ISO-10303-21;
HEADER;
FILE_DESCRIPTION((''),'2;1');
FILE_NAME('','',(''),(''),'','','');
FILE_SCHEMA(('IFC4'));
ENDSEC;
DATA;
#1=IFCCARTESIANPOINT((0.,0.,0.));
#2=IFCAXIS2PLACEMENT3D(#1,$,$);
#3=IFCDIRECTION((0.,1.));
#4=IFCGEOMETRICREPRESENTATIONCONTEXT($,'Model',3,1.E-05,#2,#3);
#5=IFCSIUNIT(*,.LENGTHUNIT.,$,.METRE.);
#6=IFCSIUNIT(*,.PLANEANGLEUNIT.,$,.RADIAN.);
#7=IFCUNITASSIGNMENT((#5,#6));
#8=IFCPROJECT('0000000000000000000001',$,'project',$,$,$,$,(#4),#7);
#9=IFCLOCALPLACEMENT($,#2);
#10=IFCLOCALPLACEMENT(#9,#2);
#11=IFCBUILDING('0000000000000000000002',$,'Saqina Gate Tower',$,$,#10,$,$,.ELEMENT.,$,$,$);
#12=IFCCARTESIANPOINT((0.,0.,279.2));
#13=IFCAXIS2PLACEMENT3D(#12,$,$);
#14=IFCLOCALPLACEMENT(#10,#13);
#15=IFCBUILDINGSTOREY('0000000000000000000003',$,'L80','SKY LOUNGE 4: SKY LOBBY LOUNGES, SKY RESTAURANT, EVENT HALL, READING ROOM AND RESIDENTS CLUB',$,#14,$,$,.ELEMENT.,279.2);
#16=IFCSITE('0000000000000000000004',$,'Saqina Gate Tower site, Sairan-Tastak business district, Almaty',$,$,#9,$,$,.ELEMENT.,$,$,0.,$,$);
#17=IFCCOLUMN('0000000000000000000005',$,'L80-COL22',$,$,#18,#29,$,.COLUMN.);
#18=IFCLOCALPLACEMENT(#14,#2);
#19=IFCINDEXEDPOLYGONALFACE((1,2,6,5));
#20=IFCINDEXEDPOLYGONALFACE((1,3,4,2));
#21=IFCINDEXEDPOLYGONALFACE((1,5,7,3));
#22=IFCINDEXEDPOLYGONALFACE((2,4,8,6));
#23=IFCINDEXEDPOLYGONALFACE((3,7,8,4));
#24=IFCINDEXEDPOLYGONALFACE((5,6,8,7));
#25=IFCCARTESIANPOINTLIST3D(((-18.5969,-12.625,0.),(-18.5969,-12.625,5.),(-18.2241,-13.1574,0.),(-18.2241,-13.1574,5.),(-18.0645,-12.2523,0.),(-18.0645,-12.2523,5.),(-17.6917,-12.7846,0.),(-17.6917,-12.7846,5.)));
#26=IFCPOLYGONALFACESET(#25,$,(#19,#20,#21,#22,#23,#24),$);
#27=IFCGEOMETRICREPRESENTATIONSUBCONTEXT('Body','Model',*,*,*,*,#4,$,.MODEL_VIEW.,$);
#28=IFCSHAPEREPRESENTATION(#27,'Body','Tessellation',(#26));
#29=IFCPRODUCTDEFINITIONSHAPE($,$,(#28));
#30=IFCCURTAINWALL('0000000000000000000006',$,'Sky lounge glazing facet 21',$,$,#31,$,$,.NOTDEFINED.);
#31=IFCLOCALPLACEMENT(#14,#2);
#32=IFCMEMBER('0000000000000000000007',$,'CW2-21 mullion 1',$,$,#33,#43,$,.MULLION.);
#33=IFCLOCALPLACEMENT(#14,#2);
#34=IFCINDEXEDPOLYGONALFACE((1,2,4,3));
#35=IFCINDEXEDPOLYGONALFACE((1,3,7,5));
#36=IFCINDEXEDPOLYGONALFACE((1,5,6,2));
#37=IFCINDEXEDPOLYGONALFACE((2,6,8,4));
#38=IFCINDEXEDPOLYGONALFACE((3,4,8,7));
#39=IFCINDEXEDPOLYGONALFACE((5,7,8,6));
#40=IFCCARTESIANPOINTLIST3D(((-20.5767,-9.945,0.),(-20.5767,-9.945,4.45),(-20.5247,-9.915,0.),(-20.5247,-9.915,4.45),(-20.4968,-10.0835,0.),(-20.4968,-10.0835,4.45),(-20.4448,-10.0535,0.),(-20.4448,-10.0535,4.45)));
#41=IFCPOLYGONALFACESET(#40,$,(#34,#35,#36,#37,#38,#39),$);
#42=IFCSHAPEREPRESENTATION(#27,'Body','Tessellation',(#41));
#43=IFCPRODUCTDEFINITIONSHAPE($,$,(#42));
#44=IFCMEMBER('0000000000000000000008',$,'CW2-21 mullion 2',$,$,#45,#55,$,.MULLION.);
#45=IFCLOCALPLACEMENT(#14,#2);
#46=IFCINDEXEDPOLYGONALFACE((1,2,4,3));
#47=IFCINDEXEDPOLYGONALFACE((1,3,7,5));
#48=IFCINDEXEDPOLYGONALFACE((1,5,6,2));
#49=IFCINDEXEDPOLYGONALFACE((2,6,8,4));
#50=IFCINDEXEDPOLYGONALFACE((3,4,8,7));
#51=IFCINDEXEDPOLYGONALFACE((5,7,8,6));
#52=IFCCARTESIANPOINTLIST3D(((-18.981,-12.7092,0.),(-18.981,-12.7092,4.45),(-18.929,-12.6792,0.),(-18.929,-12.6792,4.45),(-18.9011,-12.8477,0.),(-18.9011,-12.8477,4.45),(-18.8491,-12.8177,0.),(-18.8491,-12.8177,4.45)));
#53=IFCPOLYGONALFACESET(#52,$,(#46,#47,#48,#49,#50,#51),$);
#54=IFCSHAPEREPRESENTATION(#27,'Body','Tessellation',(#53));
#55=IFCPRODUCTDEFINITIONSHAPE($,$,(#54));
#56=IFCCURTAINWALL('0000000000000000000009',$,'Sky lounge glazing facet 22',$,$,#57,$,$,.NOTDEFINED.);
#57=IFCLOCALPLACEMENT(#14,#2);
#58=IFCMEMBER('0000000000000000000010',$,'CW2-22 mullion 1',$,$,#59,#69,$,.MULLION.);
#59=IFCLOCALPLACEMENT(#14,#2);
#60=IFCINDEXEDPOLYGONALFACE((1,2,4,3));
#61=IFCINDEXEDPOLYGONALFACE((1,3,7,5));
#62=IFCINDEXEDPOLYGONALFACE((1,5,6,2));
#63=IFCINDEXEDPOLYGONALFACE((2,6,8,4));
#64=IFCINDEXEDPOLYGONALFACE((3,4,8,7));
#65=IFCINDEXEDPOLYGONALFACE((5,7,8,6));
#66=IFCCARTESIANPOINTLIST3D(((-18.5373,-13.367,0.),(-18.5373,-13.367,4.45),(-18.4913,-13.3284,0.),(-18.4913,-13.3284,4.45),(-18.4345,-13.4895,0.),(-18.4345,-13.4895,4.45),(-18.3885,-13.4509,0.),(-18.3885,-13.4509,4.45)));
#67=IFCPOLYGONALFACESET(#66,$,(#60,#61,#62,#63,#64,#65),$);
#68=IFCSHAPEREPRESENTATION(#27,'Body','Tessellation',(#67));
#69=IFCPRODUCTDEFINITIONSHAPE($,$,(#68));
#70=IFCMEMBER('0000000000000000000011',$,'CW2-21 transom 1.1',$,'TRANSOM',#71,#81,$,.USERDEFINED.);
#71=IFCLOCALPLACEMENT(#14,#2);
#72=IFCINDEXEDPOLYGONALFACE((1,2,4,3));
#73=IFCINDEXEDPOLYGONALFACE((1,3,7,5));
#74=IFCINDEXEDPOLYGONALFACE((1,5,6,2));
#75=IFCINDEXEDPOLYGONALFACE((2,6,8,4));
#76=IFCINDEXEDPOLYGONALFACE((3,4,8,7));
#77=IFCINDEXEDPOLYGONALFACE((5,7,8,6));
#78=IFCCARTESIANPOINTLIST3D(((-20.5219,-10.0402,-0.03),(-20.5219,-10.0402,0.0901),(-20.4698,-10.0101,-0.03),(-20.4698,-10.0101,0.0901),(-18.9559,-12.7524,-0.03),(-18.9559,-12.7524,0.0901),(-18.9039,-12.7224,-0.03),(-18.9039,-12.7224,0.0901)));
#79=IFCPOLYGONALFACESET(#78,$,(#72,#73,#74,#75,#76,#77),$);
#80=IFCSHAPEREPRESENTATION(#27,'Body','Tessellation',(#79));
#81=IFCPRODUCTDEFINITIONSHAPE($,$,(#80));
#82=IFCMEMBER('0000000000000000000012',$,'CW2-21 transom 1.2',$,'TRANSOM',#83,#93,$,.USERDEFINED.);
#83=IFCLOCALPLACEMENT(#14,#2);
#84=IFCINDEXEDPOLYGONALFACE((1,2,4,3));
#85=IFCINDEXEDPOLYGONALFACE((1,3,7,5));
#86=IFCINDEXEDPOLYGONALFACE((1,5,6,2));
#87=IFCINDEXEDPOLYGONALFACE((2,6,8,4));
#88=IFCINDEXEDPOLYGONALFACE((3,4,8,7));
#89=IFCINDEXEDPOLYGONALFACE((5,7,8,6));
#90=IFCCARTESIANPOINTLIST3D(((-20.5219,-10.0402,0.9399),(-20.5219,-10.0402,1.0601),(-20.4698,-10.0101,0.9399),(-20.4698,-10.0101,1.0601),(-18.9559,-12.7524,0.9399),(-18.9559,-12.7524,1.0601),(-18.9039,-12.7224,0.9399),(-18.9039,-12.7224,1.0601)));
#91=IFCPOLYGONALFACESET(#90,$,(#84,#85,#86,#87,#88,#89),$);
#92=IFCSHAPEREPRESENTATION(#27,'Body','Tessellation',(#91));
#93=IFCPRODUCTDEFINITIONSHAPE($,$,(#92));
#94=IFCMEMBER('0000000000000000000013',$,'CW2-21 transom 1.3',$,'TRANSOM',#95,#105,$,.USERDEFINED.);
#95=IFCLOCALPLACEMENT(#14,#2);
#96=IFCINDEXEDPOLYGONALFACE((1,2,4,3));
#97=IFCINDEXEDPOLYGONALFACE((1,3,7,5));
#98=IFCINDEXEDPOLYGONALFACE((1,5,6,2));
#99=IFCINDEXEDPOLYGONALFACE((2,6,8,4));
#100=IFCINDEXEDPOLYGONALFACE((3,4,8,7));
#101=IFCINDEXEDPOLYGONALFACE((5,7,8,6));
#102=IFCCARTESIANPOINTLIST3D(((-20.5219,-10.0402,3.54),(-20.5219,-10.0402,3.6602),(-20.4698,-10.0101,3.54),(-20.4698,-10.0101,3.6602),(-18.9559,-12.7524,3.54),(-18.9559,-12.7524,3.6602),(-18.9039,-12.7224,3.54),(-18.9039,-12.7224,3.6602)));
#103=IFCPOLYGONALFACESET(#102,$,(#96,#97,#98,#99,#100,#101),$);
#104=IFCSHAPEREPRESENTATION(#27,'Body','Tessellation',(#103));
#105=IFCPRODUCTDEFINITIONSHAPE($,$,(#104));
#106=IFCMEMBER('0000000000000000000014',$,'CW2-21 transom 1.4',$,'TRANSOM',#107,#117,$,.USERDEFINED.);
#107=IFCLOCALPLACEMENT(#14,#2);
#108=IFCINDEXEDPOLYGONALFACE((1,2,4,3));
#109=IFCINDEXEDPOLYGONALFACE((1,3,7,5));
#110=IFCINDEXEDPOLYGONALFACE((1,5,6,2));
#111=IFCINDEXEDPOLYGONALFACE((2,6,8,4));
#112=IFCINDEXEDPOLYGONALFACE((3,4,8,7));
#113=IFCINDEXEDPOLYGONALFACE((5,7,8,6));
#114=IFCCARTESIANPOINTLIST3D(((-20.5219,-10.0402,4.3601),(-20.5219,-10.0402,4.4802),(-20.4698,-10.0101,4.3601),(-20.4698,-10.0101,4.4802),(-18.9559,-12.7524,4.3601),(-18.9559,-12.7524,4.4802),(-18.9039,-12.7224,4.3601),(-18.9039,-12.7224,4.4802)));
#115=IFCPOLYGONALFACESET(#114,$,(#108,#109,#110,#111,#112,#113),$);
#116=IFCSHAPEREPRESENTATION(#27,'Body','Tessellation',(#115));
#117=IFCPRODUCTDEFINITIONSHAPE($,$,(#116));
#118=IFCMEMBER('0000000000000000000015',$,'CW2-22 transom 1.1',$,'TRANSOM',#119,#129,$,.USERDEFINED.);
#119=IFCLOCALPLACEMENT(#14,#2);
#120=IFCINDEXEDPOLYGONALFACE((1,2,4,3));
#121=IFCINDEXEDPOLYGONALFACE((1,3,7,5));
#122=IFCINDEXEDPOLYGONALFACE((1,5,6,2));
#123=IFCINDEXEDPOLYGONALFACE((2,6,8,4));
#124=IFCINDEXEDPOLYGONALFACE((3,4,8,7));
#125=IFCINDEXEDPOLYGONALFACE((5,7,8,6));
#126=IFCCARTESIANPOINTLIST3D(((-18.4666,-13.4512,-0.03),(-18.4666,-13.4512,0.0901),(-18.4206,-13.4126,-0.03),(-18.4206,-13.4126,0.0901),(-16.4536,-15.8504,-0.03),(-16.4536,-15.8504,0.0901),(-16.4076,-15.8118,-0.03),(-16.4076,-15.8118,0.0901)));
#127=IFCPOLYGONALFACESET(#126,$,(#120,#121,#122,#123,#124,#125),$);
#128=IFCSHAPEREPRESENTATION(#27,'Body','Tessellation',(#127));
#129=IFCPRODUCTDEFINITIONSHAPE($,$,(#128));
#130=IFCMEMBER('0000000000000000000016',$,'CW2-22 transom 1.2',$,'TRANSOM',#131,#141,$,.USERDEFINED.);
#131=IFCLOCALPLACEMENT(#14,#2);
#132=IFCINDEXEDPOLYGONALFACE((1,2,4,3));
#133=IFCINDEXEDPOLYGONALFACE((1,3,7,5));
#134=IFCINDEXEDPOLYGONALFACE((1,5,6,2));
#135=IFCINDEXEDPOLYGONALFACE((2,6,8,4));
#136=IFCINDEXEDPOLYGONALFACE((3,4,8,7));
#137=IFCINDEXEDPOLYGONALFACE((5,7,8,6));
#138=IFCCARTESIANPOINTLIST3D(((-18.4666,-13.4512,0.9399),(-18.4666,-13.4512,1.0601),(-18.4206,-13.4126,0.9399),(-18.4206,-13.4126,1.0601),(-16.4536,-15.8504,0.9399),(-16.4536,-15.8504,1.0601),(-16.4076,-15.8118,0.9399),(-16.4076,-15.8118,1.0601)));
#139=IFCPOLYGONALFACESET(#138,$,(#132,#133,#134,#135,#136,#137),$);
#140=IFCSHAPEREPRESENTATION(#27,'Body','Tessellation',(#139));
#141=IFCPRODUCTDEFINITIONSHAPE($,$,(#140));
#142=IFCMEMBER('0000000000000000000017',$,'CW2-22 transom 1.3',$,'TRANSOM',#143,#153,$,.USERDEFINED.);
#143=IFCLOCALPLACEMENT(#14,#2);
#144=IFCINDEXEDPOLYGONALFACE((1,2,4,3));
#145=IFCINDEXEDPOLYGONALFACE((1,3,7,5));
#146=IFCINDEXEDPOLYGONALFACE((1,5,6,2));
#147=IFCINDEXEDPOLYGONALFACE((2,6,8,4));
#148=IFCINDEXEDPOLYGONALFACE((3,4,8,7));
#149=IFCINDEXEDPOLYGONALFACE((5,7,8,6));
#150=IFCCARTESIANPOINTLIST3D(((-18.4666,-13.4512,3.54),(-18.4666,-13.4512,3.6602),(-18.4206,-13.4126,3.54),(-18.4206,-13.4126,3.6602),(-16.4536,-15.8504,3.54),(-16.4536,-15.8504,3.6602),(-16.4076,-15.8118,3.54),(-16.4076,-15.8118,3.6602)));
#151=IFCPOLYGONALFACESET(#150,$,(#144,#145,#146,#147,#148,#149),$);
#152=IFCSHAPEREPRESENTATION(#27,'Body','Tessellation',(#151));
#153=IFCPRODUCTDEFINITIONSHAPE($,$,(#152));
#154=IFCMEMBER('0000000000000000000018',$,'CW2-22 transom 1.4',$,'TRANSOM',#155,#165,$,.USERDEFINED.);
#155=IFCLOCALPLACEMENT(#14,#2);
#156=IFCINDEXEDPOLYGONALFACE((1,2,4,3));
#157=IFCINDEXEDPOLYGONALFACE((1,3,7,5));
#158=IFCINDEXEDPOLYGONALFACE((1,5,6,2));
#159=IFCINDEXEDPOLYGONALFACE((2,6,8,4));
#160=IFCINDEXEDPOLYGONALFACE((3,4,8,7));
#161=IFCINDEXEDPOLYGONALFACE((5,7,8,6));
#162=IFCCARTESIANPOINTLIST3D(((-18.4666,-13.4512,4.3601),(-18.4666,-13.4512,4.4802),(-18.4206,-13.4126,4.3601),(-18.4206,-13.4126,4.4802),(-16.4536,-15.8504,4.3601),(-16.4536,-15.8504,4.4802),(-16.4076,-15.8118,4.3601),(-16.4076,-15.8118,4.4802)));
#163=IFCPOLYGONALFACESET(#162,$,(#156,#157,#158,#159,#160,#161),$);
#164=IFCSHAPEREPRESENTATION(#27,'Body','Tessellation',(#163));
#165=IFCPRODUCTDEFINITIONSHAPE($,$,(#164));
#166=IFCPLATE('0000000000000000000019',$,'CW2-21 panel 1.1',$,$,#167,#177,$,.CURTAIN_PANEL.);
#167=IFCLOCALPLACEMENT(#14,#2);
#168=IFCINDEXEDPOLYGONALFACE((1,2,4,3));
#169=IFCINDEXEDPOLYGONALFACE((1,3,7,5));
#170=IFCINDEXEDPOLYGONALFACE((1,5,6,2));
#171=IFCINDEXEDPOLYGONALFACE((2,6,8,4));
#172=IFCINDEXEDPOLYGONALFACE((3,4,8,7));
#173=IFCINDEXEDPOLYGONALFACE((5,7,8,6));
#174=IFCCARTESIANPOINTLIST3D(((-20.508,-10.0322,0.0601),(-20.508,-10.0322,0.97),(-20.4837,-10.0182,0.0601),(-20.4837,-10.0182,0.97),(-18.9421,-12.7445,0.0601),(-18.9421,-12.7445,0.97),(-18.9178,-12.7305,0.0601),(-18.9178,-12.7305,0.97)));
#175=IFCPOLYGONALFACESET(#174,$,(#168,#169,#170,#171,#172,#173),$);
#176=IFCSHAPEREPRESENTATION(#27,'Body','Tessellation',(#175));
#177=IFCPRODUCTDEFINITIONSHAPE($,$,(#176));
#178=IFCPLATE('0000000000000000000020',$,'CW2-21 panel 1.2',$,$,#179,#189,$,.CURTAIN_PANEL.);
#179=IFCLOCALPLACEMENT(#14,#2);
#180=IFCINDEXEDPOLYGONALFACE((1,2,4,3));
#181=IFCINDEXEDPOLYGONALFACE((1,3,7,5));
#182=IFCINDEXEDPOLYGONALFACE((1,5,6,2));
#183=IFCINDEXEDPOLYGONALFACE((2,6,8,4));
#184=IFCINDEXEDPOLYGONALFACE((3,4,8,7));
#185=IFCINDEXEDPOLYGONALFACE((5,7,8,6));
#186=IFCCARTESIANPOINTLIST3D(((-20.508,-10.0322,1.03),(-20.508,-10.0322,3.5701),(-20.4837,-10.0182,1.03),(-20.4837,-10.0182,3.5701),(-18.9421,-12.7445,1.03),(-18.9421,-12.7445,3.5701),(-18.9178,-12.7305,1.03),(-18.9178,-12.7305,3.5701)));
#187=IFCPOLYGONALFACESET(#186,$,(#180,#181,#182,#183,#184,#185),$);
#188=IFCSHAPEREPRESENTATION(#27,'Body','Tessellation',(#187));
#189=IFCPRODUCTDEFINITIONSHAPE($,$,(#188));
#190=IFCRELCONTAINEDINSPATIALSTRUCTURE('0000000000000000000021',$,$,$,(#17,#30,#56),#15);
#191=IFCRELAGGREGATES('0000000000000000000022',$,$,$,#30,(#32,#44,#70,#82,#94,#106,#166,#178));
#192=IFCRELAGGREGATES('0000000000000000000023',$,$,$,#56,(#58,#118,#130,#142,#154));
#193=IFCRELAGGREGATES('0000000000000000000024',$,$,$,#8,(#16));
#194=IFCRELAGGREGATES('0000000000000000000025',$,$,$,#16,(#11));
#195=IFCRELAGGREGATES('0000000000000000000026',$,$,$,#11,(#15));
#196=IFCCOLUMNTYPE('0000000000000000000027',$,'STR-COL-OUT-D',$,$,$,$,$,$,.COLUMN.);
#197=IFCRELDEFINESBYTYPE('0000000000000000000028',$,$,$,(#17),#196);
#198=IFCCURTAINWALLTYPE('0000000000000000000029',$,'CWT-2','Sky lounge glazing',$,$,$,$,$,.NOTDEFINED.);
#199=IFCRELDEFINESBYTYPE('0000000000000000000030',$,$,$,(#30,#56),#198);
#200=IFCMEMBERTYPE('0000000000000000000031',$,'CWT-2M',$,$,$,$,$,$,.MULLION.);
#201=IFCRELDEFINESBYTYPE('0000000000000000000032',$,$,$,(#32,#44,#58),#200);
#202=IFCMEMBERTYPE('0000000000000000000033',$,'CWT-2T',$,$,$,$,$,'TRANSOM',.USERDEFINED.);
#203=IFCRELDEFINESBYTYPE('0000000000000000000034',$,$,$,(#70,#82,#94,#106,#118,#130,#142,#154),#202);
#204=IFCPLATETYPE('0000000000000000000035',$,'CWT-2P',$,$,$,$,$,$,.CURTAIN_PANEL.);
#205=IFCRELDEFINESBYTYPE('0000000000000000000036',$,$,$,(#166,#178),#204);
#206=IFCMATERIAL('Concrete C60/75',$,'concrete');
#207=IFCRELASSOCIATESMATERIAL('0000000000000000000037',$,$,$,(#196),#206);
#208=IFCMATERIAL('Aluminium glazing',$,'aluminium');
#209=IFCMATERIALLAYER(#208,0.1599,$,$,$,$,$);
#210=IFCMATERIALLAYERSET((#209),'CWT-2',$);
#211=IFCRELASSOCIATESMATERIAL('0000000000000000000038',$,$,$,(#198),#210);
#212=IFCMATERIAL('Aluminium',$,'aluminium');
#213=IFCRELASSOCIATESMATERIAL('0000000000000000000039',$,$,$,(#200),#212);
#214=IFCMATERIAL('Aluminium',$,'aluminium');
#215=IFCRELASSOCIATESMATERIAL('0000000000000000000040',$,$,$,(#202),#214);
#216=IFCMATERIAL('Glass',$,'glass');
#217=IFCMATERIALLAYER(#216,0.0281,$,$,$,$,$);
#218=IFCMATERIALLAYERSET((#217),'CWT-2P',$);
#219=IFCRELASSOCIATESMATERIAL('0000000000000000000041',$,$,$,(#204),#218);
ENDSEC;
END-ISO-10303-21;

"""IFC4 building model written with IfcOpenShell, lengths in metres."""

from ifc_helpers import new_model, si_unit, direction, frame, origin, origin_2d, place, context, subcontext, project, spatial, rectangle, extrude, material, layer, layer_set, material_profile, profile_set, type_object, element, aggregate, save


model = new_model("IFC4")

# Units and contexts
model_context = context("Model", 3, precision=1e-05, world=origin(), true_north=direction((0.0, 1.0)))
body_context = subcontext(model_context, "Body", "Model", "MODEL_VIEW")
ifc_project = project(units=[si_unit("LENGTHUNIT", "METRE"), si_unit("PLANEANGLEUNIT", "RADIAN")], contexts=[model_context])

# Site, building, storey
site_placement = place(None, origin())
site = spatial("IfcSite", under=ifc_project, at=site_placement, Name="Saqina Gate Tower site, Sairan-Tastak business district, Almaty", CompositionType="ELEMENT", RefElevation=0.0)
building_placement = place(site_placement, origin())
building = spatial("IfcBuilding", under=site, at=building_placement, Name="Saqina Gate Tower", CompositionType="ELEMENT")
storey_placement = place(building_placement, frame((0.0, 0.0, 279.2)))
storey = spatial("IfcBuildingStorey", under=building, at=storey_placement, Name="L80", Description="SKY LOUNGE 4: SKY LOBBY LOUNGES, SKY RESTAURANT, EVENT HALL, READING ROOM AND RESIDENTS CLUB", CompositionType="ELEMENT", Elevation=279.2)

# Column
ifc_material_1 = material(Name="Concrete C60/75", Category="concrete")
ifc_material_profile_1 = material_profile(ifc_material_1, rectangle(XDim=0.6499, YDim=0.6499, at=origin_2d()), Name="RC 650x650")
ifc_profile_set_1 = profile_set([ifc_material_profile_1], Name="Concrete C60/75")
column_type = type_object("IfcColumnType", Name="STR-COL-OUT-D", PredefinedType="COLUMN", material=ifc_profile_set_1)
column_placement = place(storey_placement, frame((-18.1443, -12.7048, 0.0), z_axis=(0.0, 0.0, 1.0), x_axis=(-0.819152, -0.573576, 0.0)))
element("IfcColumn", 1, at=column_placement, inside=storey, type_object=column_type, Name="L80-COL22", PredefinedType="COLUMN", context=body_context, shape_type="SweptSolid", body=[
    extrude(rectangle(XDim=0.6499, YDim=0.6499, at=origin_2d()), origin(), (0.0, 0.0, 1.0), 5.0),
])

# Curtain wall, members
ifc_material_2 = material(Name="Aluminium glazing", Category="aluminium")
ifc_layer_1 = layer(ifc_material_2, 0.1599)
ifc_layer_set_1 = layer_set([ifc_layer_1], Name="CWT-2")
curtain_wall_type = type_object("IfcCurtainWallType", Name="CWT-2", Description="Sky lounge glazing", PredefinedType="NOTDEFINED", material=ifc_layer_set_1)
curtain_wall_1_placement = place(storey_placement, origin())
curtain_wall_1 = element("IfcCurtainWall", 2, at=curtain_wall_1_placement, inside=storey, type_object=curtain_wall_type, Name="Sky lounge glazing facet 21", PredefinedType="NOTDEFINED")
ifc_material_3 = material(Name="Aluminium", Category="aluminium")
ifc_material_profile_2 = material_profile(ifc_material_3, rectangle(XDim=0.0601, YDim=0.1599, at=origin_2d()), Name="Aluminium 60x160")
ifc_profile_set_2 = profile_set([ifc_material_profile_2], Name="Aluminium")
member_type_1 = type_object("IfcMemberType", Name="CWT-2M", PredefinedType="MULLION", material=ifc_profile_set_2)
member_1_placement = place(storey_placement, frame((-20.5107, -9.9993, 0.0), z_axis=(0.0, 0.0, 1.0), x_axis=(0.866036, 0.499982, 0.0)))
member_1 = element("IfcMember", 3, at=member_1_placement, type_object=member_type_1, Name="CW2-21 mullion 1", PredefinedType="MULLION", context=body_context, shape_type="SweptSolid", body=[
    extrude(rectangle(XDim=0.0601, YDim=0.1599, at=origin_2d()), origin(), (0.0, 0.0, 1.0), 4.45),
])
member_2_placement = place(storey_placement, frame((-18.915, -12.7634, 0.0), z_axis=(0.0, 0.0, 1.0), x_axis=(0.866036, 0.499982, 0.0)))
member_2 = element("IfcMember", 4, at=member_2_placement, type_object=member_type_1, Name="CW2-21 mullion 2", PredefinedType="MULLION", context=body_context, shape_type="SweptSolid", body=[
    extrude(rectangle(XDim=0.0601, YDim=0.1599, at=origin_2d()), origin(), (0.0, 0.0, 1.0), 4.45),
])

# Curtain wall, member
curtain_wall_2_placement = place(storey_placement, origin())
curtain_wall_2 = element("IfcCurtainWall", 5, at=curtain_wall_2_placement, inside=storey, type_object=curtain_wall_type, Name="Sky lounge glazing facet 22", PredefinedType="NOTDEFINED")
member_3_placement = place(storey_placement, frame((-18.4629, -13.4089, 0.0), z_axis=(0.0, 0.0, 1.0), x_axis=(0.766046, 0.642785, 0.0)))
member_3 = element("IfcMember", 6, at=member_3_placement, type_object=member_type_1, Name="CW2-22 mullion 1", PredefinedType="MULLION", context=body_context, shape_type="SweptSolid", body=[
    extrude(rectangle(XDim=0.0601, YDim=0.1599, at=origin_2d()), origin(), (0.0, 0.0, 1.0), 4.45),
])

# Members
ifc_material_4 = material(Name="Aluminium", Category="aluminium")
ifc_material_profile_3 = material_profile(ifc_material_4, rectangle(XDim=0.0601, YDim=0.1201, at=origin_2d()), Name="Aluminium 60x120")
ifc_profile_set_3 = profile_set([ifc_material_profile_3], Name="Aluminium")
member_type_2 = type_object("IfcMemberType", Name="CWT-2T", ElementType="TRANSOM", PredefinedType="USERDEFINED", material=ifc_profile_set_3)
member_4_placement = place(storey_placement, frame((-20.4958, -10.0251, 0.03), z_axis=(0.500013, -0.866018, 0.0), x_axis=(0.866018, 0.500013, 0.0)))
member_4 = element("IfcMember", 7, at=member_4_placement, type_object=member_type_2, Name="CW2-21 transom 1.1", ObjectType="TRANSOM", PredefinedType="USERDEFINED", context=body_context, shape_type="SweptSolid", body=[
    extrude(rectangle(XDim=0.0601, YDim=0.1201, at=origin_2d()), origin(), (0.0, 0.0, 1.0), 3.1318),
])
member_5_placement = place(storey_placement, frame((-20.4958, -10.0251, 1.0), z_axis=(0.500013, -0.866018, 0.0), x_axis=(0.866018, 0.500013, 0.0)))
member_5 = element("IfcMember", 8, at=member_5_placement, type_object=member_type_2, Name="CW2-21 transom 1.2", ObjectType="TRANSOM", PredefinedType="USERDEFINED", context=body_context, shape_type="SweptSolid", body=[
    extrude(rectangle(XDim=0.0601, YDim=0.1201, at=origin_2d()), origin(), (0.0, 0.0, 1.0), 3.1318),
])
member_6_placement = place(storey_placement, frame((-20.4958, -10.0251, 3.6001), z_axis=(0.500013, -0.866018, 0.0), x_axis=(0.866018, 0.500013, 0.0)))
member_6 = element("IfcMember", 9, at=member_6_placement, type_object=member_type_2, Name="CW2-21 transom 1.3", ObjectType="TRANSOM", PredefinedType="USERDEFINED", context=body_context, shape_type="SweptSolid", body=[
    extrude(rectangle(XDim=0.0601, YDim=0.1201, at=origin_2d()), origin(), (0.0, 0.0, 1.0), 3.1318),
])
member_7_placement = place(storey_placement, frame((-20.4958, -10.0251, 4.4202), z_axis=(0.500013, -0.866018, 0.0), x_axis=(0.866018, 0.500013, 0.0)))
member_7 = element("IfcMember", 10, at=member_7_placement, type_object=member_type_2, Name="CW2-21 transom 1.4", ObjectType="TRANSOM", PredefinedType="USERDEFINED", context=body_context, shape_type="SweptSolid", body=[
    extrude(rectangle(XDim=0.0601, YDim=0.1201, at=origin_2d()), origin(), (0.0, 0.0, 1.0), 3.1318),
])
member_8_placement = place(storey_placement, frame((-18.4436, -13.4319, 0.03), z_axis=(0.64275, -0.766076, 0.0), x_axis=(0.766076, 0.64275, 0.0)))
member_8 = element("IfcMember", 11, at=member_8_placement, type_object=member_type_2, Name="CW2-22 transom 1.1", ObjectType="TRANSOM", PredefinedType="USERDEFINED", context=body_context, shape_type="SweptSolid", body=[
    extrude(rectangle(XDim=0.0601, YDim=0.1201, at=origin_2d()), origin(), (0.0, 0.0, 1.0), 3.1318),
])
member_9_placement = place(storey_placement, frame((-18.4436, -13.4319, 1.0), z_axis=(0.64275, -0.766076, 0.0), x_axis=(0.766076, 0.64275, 0.0)))
member_9 = element("IfcMember", 12, at=member_9_placement, type_object=member_type_2, Name="CW2-22 transom 1.2", ObjectType="TRANSOM", PredefinedType="USERDEFINED", context=body_context, shape_type="SweptSolid", body=[
    extrude(rectangle(XDim=0.0601, YDim=0.1201, at=origin_2d()), origin(), (0.0, 0.0, 1.0), 3.1318),
])
member_10_placement = place(storey_placement, frame((-18.4436, -13.4319, 3.6001), z_axis=(0.64275, -0.766076, 0.0), x_axis=(0.766076, 0.64275, 0.0)))
member_10 = element("IfcMember", 13, at=member_10_placement, type_object=member_type_2, Name="CW2-22 transom 1.3", ObjectType="TRANSOM", PredefinedType="USERDEFINED", context=body_context, shape_type="SweptSolid", body=[
    extrude(rectangle(XDim=0.0601, YDim=0.1201, at=origin_2d()), origin(), (0.0, 0.0, 1.0), 3.1318),
])
member_11_placement = place(storey_placement, frame((-18.4436, -13.4319, 4.4202), z_axis=(0.64275, -0.766076, 0.0), x_axis=(0.766076, 0.64275, 0.0)))
member_11 = element("IfcMember", 14, at=member_11_placement, type_object=member_type_2, Name="CW2-22 transom 1.4", ObjectType="TRANSOM", PredefinedType="USERDEFINED", context=body_context, shape_type="SweptSolid", body=[
    extrude(rectangle(XDim=0.0601, YDim=0.1201, at=origin_2d()), origin(), (0.0, 0.0, 1.0), 3.1318),
])

# Plates
ifc_material_5 = material(Name="Glass", Category="glass")
ifc_layer_2 = layer(ifc_material_5, 0.0281)
ifc_layer_set_2 = layer_set([ifc_layer_2], Name="CWT-2P")
plate_type = type_object("IfcPlateType", Name="CWT-2P", PredefinedType="CURTAIN_PANEL", material=ifc_layer_set_2)
plate_1_placement = place(storey_placement, frame((-19.7129, -11.3813, 0.0601), z_axis=(0.0, 0.0, 1.0), x_axis=(0.499982, -0.866036, 0.0)))
plate_1 = element("IfcPlate", 15, at=plate_1_placement, type_object=plate_type, Name="CW2-21 panel 1.1", PredefinedType="CURTAIN_PANEL", context=body_context, shape_type="SweptSolid", body=[
    extrude(rectangle(XDim=3.1318, YDim=0.0281, at=origin_2d()), origin(), (0.0, 0.0, 1.0), 0.9099),
])
plate_2_placement = place(storey_placement, frame((-19.7129, -11.3813, 1.03), z_axis=(0.0, 0.0, 1.0), x_axis=(0.499982, -0.866036, 0.0)))
plate_2 = element("IfcPlate", 16, at=plate_2_placement, type_object=plate_type, Name="CW2-21 panel 1.2", PredefinedType="CURTAIN_PANEL", context=body_context, shape_type="SweptSolid", body=[
    extrude(rectangle(XDim=3.1318, YDim=0.0281, at=origin_2d()), origin(), (0.0, 0.0, 1.0), 2.54),
])
aggregate(curtain_wall_1, [member_1, member_2, member_4, member_5, member_6, member_7, plate_1, plate_2])
aggregate(curtain_wall_2, [member_3, member_8, member_9, member_10, member_11])

save(model, "model.ifc")
